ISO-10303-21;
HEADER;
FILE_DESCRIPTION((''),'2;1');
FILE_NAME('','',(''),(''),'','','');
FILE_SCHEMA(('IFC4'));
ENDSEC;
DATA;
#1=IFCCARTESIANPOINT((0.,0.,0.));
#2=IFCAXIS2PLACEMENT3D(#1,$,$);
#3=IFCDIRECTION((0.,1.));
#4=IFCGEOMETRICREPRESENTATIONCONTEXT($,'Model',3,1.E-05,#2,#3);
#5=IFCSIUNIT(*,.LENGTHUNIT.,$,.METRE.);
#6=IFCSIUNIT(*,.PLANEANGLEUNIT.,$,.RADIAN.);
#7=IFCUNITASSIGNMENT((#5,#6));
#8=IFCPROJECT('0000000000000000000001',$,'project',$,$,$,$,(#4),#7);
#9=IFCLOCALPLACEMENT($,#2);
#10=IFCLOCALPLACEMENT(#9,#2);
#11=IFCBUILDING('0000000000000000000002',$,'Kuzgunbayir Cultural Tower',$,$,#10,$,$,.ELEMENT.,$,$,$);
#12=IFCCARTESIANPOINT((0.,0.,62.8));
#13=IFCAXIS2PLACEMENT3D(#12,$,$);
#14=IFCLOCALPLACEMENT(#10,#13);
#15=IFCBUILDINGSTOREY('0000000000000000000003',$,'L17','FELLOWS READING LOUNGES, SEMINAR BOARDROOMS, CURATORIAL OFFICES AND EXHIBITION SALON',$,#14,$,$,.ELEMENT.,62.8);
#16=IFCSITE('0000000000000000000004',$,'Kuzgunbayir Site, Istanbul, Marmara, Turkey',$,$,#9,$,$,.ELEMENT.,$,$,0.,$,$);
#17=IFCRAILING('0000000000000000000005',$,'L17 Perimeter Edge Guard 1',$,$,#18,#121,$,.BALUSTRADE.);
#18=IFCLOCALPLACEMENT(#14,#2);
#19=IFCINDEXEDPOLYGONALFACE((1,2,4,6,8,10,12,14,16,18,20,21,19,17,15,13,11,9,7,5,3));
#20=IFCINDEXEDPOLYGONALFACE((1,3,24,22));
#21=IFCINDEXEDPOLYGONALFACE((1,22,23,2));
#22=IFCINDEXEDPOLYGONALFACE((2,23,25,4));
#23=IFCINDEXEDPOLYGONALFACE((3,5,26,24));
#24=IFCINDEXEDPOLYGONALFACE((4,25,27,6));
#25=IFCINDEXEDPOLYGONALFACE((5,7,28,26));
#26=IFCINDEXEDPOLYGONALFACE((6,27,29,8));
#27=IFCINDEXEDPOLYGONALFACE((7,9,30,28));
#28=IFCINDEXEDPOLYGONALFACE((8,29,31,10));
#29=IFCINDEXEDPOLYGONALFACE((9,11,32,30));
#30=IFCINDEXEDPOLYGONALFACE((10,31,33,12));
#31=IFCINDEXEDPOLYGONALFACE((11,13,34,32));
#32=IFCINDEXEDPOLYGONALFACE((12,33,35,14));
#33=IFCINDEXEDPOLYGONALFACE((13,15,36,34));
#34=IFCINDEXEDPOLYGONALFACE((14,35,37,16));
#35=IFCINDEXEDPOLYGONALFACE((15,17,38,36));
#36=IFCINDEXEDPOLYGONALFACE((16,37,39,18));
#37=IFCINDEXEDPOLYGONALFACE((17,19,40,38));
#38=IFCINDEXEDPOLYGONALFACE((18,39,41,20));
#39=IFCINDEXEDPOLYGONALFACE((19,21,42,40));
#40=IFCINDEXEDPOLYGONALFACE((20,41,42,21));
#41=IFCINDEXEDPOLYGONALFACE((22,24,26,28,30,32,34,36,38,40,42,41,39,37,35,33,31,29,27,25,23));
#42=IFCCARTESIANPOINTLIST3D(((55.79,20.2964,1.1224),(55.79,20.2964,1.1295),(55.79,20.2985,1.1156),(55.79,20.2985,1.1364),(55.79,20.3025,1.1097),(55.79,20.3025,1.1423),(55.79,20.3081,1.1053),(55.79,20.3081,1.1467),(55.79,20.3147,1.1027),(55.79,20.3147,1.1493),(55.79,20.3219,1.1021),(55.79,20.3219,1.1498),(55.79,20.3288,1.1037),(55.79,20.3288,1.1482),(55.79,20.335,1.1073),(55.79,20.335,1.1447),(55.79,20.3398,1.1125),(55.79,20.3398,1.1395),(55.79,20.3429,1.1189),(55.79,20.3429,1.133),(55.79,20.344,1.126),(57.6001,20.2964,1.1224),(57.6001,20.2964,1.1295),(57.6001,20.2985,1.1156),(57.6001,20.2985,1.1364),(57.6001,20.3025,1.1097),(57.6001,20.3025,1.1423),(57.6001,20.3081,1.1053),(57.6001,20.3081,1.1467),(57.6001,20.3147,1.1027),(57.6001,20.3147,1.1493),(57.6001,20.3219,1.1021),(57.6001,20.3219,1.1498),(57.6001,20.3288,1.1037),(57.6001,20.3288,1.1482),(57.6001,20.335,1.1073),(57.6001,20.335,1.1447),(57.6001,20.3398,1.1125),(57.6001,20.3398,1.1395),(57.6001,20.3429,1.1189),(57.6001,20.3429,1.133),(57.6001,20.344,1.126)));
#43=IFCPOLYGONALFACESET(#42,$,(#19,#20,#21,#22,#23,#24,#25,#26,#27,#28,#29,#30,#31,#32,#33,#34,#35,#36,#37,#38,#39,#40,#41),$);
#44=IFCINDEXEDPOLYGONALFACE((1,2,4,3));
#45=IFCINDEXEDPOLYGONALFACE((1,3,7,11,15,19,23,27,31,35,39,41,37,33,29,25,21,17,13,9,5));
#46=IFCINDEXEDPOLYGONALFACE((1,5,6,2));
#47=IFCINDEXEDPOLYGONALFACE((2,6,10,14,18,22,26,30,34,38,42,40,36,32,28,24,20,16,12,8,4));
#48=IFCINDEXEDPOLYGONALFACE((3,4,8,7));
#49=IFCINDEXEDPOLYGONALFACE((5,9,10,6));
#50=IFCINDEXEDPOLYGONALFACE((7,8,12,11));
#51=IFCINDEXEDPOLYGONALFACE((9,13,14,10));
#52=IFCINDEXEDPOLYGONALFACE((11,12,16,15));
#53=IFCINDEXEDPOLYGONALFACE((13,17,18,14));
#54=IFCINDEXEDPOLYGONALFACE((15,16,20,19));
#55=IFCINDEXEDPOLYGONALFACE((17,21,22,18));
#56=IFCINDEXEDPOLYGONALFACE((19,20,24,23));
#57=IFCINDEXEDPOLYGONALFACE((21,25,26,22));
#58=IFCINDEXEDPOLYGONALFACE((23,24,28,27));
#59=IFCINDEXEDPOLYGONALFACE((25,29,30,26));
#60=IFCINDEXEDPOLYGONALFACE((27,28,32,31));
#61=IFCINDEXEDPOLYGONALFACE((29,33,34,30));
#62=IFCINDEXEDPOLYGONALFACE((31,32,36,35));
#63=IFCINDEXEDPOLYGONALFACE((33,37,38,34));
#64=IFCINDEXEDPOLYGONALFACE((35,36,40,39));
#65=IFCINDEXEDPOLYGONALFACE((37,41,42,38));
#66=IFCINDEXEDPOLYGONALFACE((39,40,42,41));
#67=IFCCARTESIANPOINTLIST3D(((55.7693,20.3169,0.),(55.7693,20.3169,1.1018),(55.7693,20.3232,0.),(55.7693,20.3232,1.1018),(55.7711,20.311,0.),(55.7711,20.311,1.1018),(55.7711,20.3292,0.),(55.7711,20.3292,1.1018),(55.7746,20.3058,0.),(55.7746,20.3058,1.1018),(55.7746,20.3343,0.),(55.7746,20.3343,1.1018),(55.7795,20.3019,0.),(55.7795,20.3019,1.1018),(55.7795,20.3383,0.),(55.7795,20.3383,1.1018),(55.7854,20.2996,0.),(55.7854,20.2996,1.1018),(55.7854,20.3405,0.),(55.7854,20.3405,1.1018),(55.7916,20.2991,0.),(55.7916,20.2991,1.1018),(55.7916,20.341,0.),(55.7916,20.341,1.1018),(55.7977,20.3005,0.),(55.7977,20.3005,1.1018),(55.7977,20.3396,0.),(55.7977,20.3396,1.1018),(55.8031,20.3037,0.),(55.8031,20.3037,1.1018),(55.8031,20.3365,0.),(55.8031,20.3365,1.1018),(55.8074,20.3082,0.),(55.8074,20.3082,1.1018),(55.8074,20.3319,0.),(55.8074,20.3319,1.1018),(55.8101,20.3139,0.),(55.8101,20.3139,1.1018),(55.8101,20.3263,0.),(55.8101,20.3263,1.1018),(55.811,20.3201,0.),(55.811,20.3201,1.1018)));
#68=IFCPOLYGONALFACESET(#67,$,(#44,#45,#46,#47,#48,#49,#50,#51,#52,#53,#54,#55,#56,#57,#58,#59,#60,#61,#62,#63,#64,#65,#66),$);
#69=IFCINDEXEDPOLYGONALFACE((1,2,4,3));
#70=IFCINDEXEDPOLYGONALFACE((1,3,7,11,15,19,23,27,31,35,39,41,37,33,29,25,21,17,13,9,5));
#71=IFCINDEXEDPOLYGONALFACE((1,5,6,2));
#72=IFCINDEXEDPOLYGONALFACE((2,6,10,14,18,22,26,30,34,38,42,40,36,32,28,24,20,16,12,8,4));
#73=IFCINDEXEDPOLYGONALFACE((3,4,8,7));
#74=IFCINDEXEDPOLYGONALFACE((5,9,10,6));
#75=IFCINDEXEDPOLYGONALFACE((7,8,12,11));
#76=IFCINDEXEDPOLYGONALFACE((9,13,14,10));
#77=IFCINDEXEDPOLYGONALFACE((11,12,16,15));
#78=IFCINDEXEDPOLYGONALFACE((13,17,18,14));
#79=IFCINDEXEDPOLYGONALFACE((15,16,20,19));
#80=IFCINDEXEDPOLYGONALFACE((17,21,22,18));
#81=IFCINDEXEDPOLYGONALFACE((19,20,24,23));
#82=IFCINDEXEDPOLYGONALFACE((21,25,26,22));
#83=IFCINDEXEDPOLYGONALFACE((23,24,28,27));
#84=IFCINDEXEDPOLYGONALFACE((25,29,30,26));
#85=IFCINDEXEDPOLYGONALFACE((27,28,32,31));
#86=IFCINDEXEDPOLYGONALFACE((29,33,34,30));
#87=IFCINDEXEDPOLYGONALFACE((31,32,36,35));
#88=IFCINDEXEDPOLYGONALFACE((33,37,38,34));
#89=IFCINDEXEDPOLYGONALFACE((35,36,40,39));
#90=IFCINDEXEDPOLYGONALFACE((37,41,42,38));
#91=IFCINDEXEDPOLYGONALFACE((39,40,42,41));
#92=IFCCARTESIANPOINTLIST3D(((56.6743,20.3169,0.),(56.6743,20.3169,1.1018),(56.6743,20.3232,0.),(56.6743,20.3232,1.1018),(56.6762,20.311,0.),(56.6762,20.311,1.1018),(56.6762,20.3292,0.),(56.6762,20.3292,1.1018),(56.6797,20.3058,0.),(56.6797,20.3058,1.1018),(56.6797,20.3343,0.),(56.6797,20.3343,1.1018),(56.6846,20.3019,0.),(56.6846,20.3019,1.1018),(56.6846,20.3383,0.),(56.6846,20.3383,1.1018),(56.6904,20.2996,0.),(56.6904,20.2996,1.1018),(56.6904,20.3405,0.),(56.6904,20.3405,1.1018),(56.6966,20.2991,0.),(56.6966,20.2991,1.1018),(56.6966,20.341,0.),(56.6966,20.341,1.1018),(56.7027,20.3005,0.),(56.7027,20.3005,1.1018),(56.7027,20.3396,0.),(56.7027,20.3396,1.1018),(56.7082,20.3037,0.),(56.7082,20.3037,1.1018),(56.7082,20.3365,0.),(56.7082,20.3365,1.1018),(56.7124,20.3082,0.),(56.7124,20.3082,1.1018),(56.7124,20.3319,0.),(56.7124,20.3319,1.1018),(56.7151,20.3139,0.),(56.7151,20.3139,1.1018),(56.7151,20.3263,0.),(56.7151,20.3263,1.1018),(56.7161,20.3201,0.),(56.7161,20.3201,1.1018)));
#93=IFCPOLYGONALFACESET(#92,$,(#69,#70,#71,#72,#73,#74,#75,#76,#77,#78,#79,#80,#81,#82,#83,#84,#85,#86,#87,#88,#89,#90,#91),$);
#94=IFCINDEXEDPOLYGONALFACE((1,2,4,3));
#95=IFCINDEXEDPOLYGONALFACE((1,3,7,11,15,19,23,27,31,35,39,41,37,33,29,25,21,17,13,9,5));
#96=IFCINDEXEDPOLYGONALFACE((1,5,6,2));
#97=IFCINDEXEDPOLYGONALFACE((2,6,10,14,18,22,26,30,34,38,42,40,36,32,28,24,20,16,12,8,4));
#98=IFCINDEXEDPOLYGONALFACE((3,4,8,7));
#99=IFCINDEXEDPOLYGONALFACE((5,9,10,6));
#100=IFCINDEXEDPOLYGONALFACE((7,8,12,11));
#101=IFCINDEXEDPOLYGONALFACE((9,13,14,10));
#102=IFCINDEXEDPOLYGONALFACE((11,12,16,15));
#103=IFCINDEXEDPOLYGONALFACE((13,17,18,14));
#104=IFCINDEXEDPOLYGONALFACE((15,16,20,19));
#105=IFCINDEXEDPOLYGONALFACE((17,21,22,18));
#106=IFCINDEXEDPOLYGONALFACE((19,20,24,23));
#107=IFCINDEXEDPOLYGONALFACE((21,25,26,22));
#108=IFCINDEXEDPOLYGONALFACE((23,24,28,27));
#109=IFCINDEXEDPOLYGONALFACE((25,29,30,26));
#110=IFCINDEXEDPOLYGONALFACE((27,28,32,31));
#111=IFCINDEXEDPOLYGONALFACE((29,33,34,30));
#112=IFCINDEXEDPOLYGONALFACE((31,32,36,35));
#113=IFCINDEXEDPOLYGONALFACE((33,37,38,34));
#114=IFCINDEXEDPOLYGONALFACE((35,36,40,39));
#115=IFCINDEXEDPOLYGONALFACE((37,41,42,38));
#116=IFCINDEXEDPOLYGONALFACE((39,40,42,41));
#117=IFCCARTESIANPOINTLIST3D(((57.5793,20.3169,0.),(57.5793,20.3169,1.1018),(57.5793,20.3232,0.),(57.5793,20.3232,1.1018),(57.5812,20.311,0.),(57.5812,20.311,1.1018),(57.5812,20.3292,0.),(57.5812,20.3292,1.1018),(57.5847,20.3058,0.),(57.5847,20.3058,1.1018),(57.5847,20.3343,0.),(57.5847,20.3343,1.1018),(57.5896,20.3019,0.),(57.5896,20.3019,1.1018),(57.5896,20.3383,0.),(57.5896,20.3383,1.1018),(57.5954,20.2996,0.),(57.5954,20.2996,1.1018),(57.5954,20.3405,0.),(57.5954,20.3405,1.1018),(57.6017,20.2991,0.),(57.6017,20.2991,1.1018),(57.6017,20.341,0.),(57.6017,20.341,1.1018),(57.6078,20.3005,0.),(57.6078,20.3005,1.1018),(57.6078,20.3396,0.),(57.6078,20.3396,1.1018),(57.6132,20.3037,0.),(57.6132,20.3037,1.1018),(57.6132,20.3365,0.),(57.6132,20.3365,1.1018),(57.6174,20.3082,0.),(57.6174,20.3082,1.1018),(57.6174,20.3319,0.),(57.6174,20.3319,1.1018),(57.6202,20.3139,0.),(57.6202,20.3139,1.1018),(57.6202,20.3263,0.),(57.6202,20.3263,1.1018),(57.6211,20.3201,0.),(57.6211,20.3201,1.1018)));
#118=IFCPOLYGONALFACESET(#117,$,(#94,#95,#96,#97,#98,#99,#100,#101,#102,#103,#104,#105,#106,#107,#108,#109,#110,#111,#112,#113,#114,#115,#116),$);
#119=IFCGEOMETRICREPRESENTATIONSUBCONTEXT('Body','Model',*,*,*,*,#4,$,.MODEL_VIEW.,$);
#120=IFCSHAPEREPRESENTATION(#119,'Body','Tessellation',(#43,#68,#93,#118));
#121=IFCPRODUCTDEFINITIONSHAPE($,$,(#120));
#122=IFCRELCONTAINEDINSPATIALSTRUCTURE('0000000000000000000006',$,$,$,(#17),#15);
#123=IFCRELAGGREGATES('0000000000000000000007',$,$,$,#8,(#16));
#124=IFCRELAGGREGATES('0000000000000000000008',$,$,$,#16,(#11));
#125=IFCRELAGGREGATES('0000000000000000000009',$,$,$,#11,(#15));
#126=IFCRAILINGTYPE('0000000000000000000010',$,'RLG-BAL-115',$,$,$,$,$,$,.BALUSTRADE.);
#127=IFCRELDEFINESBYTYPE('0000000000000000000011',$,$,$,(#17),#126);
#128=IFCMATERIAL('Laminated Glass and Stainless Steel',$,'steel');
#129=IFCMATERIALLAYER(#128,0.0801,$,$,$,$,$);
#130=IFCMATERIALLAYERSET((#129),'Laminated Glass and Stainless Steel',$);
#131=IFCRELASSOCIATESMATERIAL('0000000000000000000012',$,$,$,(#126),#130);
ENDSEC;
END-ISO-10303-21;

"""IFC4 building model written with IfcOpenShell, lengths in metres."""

from ifc_helpers import new_model, si_unit, direction, frame, origin, origin_2d, place, context, subcontext, project, spatial, circle, extrude, material, layer, layer_set, type_object, element, save


model = new_model("IFC4")

# Units and contexts
model_context = context("Model", 3, precision=1e-05, world=origin(), true_north=direction((0.0, 1.0)))
body_context = subcontext(model_context, "Body", "Model", "MODEL_VIEW")
ifc_project = project(units=[si_unit("LENGTHUNIT", "METRE"), si_unit("PLANEANGLEUNIT", "RADIAN")], contexts=[model_context])

# Site, building, storey
site_placement = place(None, origin())
site = spatial("IfcSite", under=ifc_project, at=site_placement, Name="Kuzgunbayir Site, Istanbul, Marmara, Turkey", CompositionType="ELEMENT", RefElevation=0.0)
building_placement = place(site_placement, origin())
building = spatial("IfcBuilding", under=site, at=building_placement, Name="Kuzgunbayir Cultural Tower", CompositionType="ELEMENT")
storey_placement = place(building_placement, frame((0.0, 0.0, 62.8)))
storey = spatial("IfcBuildingStorey", under=building, at=storey_placement, Name="L17", Description="FELLOWS READING LOUNGES, SEMINAR BOARDROOMS, CURATORIAL OFFICES AND EXHIBITION SALON", CompositionType="ELEMENT", Elevation=62.8)

# Railing
ifc_material_1 = material(Name="Laminated Glass and Stainless Steel", Category="steel")
ifc_layer_1 = layer(ifc_material_1, 0.0801)
ifc_layer_set_1 = layer_set([ifc_layer_1], Name="Laminated Glass and Stainless Steel")
railing_type = type_object("IfcRailingType", Name="RLG-BAL-115", PredefinedType="BALUSTRADE", material=ifc_layer_set_1)
railing_1_placement = place(storey_placement, frame((55.79, 20.3201, 0.0)))
element("IfcRailing", 1, at=railing_1_placement, inside=storey, type_object=railing_type, Name="L17 Perimeter Edge Guard 1", PredefinedType="BALUSTRADE", context=body_context, shape_type="SweptSolid", body=[
    extrude(circle(Radius=0.0239, at=origin_2d()), frame((0.0, 0.0, 1.126), z_axis=(1.0, 0.0, 0.0), x_axis=(0.0, 1.0, 0.0)), (0.0, 0.0, 1.0), 1.8101),
    extrude(circle(Radius=0.021, at=origin_2d()), origin(), (0.0, 0.0, 1.0), 1.1018),
    extrude(circle(Radius=0.021, at=origin_2d()), frame((0.905, 0.0, 0.0)), (0.0, 0.0, 1.0), 1.1018),
    extrude(circle(Radius=0.021, at=origin_2d()), frame((1.8101, 0.0, 0.0)), (0.0, 0.0, 1.0), 1.1018),
])

save(model, "model.ifc")
